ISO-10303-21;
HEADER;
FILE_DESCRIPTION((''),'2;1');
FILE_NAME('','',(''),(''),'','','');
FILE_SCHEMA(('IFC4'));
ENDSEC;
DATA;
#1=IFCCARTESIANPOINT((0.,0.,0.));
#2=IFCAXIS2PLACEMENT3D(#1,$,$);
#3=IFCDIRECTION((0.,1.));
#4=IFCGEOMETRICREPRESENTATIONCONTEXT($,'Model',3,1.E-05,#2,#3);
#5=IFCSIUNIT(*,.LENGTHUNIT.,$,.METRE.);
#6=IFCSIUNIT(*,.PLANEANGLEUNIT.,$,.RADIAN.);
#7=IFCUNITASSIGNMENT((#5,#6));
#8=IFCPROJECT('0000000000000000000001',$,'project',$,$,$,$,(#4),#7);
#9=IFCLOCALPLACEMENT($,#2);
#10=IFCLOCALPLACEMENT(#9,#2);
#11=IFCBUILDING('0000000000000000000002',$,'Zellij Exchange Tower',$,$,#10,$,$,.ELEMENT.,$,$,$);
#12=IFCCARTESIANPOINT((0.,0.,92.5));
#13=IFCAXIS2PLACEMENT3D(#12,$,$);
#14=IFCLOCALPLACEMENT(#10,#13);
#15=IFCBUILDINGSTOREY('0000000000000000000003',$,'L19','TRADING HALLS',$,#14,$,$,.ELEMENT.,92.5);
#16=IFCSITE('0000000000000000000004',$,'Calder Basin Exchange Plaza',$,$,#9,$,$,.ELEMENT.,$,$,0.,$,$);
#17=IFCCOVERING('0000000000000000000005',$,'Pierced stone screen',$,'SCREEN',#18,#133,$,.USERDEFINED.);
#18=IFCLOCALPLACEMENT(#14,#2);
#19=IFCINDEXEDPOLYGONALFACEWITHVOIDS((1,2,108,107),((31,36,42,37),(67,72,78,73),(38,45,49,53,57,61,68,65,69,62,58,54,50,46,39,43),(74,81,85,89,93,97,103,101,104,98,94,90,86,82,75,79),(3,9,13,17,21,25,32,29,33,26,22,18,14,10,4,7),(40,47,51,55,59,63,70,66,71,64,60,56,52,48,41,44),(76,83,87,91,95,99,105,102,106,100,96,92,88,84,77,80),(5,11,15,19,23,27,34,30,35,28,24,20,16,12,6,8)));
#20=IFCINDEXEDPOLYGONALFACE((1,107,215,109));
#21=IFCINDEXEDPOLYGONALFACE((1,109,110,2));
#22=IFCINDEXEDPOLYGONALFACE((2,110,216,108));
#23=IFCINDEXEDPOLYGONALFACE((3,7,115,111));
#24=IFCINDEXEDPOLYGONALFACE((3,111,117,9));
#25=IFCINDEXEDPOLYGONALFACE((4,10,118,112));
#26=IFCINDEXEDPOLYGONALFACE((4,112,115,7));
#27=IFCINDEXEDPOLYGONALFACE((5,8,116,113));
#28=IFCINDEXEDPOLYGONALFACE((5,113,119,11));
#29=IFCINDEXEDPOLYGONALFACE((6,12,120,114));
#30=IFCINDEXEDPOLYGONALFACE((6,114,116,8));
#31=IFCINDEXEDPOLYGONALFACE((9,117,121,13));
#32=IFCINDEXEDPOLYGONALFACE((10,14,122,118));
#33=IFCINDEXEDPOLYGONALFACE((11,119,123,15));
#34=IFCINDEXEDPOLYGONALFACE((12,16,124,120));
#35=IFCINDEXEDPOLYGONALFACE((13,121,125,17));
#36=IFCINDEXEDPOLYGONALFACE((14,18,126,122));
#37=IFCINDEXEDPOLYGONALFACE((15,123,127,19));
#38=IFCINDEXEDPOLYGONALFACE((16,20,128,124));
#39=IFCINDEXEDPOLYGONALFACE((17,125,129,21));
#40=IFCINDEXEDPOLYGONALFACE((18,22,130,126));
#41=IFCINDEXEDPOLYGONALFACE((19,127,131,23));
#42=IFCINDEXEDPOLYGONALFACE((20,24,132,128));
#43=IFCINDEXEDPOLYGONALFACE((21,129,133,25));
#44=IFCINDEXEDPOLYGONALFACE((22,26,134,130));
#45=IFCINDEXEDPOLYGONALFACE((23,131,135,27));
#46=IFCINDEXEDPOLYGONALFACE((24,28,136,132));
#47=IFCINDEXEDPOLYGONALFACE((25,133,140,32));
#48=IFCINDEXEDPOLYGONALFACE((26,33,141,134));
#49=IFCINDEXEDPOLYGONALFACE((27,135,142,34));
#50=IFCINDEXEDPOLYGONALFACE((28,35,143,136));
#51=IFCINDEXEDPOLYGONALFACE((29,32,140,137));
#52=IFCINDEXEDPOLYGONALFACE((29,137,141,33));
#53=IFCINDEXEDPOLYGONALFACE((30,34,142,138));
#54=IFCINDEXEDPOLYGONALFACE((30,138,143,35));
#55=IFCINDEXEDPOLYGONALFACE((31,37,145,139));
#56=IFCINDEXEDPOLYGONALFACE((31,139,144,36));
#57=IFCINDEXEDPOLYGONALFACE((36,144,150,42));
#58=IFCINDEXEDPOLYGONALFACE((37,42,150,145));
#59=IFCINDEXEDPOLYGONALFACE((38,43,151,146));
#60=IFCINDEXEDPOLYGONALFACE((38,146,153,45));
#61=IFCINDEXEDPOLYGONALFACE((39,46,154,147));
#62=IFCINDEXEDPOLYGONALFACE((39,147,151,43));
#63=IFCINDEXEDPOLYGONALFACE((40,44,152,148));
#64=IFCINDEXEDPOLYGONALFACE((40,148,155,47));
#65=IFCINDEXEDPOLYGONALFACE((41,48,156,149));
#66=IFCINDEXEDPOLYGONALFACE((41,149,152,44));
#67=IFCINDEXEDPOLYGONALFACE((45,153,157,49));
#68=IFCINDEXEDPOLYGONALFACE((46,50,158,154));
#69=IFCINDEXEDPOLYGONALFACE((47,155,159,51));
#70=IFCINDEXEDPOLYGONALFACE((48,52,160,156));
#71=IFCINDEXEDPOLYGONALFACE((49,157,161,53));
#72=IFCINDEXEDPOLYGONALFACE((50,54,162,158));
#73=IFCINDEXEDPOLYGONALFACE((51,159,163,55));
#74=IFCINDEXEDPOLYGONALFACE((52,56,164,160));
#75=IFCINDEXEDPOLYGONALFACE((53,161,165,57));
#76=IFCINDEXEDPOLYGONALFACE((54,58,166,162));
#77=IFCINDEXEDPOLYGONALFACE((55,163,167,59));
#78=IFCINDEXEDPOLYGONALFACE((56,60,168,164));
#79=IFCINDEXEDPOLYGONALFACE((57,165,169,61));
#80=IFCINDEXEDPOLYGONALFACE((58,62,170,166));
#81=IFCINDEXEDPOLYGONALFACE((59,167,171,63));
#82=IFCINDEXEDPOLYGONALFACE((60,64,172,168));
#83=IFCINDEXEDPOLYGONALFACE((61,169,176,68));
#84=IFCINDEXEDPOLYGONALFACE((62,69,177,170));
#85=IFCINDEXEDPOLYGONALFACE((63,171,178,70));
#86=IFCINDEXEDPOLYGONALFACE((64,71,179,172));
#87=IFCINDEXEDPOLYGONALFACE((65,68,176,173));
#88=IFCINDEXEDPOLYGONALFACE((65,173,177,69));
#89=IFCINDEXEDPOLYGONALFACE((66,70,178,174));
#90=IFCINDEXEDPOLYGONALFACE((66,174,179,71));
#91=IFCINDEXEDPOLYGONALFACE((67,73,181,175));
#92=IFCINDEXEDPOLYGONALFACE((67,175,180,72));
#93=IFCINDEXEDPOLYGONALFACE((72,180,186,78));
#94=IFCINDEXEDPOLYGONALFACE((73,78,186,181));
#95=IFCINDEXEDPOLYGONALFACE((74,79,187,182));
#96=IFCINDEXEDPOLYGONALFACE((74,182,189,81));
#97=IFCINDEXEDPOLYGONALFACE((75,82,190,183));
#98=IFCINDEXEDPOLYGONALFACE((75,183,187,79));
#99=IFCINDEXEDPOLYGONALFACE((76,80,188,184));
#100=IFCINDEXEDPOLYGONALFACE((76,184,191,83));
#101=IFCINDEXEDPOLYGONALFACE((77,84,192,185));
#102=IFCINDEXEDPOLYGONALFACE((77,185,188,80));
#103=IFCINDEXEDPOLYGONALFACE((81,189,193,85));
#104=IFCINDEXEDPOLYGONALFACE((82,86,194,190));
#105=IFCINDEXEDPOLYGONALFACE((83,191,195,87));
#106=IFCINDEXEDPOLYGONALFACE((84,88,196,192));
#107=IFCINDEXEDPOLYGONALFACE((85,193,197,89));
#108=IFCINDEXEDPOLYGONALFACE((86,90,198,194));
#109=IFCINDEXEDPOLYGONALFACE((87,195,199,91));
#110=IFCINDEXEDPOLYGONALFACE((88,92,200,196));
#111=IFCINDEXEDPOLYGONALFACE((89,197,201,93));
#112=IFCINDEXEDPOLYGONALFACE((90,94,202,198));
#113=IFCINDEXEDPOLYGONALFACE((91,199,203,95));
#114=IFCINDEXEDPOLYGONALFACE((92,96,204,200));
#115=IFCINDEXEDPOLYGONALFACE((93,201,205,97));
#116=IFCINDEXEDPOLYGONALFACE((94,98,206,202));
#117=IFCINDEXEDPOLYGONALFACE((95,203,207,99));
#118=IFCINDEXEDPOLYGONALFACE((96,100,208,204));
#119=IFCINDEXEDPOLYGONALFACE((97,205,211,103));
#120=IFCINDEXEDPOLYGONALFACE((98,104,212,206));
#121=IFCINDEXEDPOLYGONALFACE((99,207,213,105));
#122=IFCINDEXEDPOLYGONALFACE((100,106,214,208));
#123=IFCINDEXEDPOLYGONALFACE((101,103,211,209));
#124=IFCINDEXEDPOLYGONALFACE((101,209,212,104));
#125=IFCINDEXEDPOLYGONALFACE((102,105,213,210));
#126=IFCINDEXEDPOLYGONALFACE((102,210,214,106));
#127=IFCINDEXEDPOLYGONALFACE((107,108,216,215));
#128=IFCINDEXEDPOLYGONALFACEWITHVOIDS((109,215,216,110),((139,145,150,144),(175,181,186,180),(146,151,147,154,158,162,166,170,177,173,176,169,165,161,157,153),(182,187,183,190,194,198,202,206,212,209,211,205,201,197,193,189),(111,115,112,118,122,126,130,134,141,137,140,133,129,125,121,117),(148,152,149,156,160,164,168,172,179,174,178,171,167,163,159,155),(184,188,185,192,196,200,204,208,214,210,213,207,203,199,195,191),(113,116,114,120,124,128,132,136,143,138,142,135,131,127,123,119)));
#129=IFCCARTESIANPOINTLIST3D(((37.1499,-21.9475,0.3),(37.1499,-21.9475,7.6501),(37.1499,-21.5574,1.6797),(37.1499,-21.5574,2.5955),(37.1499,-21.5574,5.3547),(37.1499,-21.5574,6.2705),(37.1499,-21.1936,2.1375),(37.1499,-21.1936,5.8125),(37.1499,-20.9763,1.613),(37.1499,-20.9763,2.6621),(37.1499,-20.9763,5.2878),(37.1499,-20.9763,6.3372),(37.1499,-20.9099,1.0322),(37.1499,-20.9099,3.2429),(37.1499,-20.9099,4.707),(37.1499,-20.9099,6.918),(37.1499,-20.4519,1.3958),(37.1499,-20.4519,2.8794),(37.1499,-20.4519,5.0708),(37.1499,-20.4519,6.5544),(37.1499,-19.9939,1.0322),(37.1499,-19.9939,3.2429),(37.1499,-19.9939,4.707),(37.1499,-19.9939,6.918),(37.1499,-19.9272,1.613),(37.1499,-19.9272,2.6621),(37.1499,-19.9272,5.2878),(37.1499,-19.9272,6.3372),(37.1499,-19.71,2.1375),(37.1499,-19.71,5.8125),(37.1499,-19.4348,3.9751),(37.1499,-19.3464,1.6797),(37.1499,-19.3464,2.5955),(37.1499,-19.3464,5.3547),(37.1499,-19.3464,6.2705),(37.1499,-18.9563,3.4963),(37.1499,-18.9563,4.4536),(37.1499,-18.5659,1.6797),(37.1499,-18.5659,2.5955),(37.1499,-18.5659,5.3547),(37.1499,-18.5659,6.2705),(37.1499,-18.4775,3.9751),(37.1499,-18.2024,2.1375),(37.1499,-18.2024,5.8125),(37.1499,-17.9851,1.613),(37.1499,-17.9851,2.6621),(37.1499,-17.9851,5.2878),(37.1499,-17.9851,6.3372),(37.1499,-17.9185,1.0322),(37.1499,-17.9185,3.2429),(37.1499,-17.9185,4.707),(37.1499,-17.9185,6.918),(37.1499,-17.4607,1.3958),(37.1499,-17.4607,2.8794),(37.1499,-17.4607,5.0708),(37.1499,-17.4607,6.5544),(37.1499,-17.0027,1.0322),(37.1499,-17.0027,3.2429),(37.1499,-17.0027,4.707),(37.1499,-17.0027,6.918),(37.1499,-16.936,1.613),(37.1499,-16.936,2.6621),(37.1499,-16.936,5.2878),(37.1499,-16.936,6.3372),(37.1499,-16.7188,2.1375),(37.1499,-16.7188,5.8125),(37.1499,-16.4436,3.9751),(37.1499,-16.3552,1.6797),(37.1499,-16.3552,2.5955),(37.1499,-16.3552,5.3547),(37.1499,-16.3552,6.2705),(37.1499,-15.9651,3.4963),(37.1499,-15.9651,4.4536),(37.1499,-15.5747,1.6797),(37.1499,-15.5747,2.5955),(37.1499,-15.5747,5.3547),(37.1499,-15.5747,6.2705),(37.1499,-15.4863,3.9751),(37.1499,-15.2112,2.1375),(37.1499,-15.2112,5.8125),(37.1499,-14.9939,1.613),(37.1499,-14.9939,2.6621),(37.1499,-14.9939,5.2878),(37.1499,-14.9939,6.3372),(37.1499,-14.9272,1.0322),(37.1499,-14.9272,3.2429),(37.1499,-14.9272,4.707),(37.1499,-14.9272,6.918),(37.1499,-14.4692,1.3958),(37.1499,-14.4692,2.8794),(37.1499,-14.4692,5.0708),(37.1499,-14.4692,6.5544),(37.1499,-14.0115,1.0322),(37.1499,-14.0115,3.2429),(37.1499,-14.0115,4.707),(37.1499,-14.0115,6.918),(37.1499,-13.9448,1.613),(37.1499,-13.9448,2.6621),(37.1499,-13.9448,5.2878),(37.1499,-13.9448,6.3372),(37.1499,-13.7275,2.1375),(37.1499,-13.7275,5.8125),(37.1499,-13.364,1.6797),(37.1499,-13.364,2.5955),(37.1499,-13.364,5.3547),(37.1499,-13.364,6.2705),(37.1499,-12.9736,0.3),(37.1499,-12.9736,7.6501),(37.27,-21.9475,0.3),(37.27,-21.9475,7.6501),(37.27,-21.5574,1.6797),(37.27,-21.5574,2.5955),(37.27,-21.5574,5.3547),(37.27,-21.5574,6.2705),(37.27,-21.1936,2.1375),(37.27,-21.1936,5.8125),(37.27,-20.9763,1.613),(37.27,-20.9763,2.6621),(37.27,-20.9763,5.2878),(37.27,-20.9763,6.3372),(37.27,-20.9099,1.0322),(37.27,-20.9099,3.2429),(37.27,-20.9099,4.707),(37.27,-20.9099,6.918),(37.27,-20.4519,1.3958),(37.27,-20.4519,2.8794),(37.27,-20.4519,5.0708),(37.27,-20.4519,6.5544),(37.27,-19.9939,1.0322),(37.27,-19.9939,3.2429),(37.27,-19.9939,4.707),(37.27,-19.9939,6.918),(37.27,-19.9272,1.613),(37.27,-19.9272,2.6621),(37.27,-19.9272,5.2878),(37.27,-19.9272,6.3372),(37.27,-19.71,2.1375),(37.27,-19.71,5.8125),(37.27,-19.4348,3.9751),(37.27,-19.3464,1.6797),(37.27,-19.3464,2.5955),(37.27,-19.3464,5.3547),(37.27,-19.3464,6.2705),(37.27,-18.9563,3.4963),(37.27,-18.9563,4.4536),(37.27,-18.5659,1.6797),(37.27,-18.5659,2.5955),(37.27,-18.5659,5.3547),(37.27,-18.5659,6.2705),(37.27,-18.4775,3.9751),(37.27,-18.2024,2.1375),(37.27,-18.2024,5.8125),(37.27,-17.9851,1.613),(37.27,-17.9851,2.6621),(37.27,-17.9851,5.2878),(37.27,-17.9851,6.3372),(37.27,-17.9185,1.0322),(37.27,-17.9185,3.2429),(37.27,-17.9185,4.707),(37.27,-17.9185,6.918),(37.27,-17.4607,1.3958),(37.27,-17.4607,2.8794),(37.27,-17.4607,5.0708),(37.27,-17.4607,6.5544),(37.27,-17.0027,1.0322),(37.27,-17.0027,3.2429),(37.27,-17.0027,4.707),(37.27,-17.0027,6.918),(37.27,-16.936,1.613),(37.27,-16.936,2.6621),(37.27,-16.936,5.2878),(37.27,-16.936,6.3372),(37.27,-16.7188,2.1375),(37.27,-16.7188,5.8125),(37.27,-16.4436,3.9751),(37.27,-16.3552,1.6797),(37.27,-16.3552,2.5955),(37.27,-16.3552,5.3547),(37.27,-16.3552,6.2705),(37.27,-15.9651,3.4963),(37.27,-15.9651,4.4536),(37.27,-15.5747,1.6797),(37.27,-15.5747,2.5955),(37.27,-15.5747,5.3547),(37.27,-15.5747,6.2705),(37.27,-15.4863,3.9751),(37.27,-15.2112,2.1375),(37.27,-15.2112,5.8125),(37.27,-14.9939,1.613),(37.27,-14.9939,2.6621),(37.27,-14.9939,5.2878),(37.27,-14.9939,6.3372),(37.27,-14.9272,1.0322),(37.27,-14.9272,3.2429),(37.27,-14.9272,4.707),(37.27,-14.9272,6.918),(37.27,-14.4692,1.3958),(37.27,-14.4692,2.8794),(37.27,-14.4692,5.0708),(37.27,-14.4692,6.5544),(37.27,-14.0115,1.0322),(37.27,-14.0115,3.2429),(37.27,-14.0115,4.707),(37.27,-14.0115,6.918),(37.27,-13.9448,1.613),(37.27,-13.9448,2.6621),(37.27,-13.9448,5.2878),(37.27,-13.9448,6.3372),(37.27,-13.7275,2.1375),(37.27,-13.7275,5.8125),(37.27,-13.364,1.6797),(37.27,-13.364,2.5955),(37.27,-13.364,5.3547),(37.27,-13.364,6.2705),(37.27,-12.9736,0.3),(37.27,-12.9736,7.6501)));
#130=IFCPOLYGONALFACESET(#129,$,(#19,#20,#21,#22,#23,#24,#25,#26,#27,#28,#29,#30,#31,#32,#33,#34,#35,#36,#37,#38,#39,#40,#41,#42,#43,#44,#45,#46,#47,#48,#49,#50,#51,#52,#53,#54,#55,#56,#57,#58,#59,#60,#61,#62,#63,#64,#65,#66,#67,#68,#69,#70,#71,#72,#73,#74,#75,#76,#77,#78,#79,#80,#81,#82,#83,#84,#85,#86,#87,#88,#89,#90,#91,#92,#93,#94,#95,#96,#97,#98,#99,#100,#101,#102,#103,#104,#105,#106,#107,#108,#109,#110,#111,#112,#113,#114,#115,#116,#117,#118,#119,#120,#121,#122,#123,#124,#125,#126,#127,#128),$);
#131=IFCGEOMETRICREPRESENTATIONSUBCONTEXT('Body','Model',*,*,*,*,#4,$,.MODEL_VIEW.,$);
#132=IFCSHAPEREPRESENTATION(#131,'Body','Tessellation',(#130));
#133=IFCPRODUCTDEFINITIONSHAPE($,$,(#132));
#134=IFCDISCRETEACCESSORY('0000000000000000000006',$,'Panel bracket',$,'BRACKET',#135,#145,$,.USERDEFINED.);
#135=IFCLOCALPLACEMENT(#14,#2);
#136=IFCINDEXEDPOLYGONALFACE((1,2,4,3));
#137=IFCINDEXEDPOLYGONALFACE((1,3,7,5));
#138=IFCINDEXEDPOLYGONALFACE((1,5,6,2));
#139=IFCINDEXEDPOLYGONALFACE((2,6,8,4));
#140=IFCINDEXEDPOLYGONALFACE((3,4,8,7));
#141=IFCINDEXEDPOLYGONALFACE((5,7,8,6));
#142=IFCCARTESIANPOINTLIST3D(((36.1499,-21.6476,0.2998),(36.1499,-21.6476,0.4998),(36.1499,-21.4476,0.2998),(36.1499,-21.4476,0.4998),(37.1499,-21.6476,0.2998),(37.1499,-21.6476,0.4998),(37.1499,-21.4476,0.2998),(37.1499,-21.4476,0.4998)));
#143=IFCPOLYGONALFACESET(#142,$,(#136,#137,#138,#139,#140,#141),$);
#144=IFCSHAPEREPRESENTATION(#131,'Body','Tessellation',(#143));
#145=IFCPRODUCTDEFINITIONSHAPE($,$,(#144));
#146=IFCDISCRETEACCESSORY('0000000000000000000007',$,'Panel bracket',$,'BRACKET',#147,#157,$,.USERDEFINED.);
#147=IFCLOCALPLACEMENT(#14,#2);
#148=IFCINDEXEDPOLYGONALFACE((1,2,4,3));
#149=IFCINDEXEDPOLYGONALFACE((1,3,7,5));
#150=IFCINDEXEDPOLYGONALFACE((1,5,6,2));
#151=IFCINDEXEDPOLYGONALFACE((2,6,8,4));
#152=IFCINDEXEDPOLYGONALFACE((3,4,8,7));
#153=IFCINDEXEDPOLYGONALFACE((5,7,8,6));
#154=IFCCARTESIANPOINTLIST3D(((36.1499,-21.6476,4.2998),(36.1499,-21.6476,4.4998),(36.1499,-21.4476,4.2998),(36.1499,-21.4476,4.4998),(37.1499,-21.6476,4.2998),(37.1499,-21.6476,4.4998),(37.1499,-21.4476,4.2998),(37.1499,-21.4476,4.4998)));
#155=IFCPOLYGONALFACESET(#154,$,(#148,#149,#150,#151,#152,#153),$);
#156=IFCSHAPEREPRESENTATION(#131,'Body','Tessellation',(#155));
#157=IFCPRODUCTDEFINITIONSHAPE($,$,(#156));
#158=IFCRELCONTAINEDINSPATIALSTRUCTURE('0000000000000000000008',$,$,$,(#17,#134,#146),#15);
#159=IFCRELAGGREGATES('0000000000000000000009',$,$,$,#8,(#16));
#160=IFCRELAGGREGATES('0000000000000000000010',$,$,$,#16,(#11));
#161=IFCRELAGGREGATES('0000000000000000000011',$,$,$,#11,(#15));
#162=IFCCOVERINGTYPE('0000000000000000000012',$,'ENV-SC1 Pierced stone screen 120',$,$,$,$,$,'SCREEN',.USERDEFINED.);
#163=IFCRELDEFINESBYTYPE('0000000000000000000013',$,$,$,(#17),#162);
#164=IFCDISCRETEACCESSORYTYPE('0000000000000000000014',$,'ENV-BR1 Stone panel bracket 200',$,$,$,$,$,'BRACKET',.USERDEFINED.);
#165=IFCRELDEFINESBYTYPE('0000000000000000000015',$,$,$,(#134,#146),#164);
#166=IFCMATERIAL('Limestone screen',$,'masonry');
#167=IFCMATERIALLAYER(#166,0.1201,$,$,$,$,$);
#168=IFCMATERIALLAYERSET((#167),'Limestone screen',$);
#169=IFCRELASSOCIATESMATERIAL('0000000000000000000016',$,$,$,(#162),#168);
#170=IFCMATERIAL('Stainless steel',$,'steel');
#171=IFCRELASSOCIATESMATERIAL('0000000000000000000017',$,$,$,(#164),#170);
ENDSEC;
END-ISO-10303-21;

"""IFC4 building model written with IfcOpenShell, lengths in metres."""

from ifc_helpers import new_model, si_unit, direction, frame, origin, origin_2d, place, context, subcontext, project, spatial, polyline, rectangle, outline, extrude, material, layer, layer_set, type_object, element, save


model = new_model("IFC4")

# Units and contexts
model_context = context("Model", 3, precision=1e-05, world=origin(), true_north=direction((0.0, 1.0)))
body_context = subcontext(model_context, "Body", "Model", "MODEL_VIEW")
ifc_project = project(units=[si_unit("LENGTHUNIT", "METRE"), si_unit("PLANEANGLEUNIT", "RADIAN")], contexts=[model_context])

# Site, building, storey
site_placement = place(None, origin())
site = spatial("IfcSite", under=ifc_project, at=site_placement, Name="Calder Basin Exchange Plaza", CompositionType="ELEMENT", RefElevation=0.0)
building_placement = place(site_placement, origin())
building = spatial("IfcBuilding", under=site, at=building_placement, Name="Zellij Exchange Tower", CompositionType="ELEMENT")
storey_placement = place(building_placement, frame((0.0, 0.0, 92.5)))
storey = spatial("IfcBuildingStorey", under=building, at=storey_placement, Name="L19", Description="TRADING HALLS", CompositionType="ELEMENT", Elevation=92.5)

# Covering
ifc_material_1 = material(Name="Limestone screen", Category="masonry")
ifc_layer_1 = layer(ifc_material_1, 0.1201)
ifc_layer_set_1 = layer_set([ifc_layer_1], Name="Limestone screen")
covering_type = type_object("IfcCoveringType", Name="ENV-SC1 Pierced stone screen 120", ElementType="SCREEN", PredefinedType="USERDEFINED", material=ifc_layer_set_1)
covering_placement = place(storey_placement, frame((37.21, -21.9475, 0.3), z_axis=(0.0, 0.0, 1.0), x_axis=(0.0, 1.0, 0.0)))
element("IfcCovering", 1, at=covering_placement, inside=storey, type_object=covering_type, Name="Pierced stone screen", ObjectType="SCREEN", PredefinedType="USERDEFINED", context=body_context, shape_type="SweptSolid", body=[
    extrude(outline(polyline([(0.0, 0.0), (8.9739, 0.0), (8.9739, 7.3501), (0.0, 7.3501), (0.0, 0.0)]), holes=[polyline([(2.6011, 2.2954), (2.0203, 2.3621), (1.9536, 2.9429), (1.4956, 2.5793), (1.0376, 2.9429), (0.9712, 2.3621), (0.3901, 2.2954), (0.7539, 1.8374), (0.3901, 1.3796), (0.9712, 1.313), (1.0376, 0.7322), (1.4956, 1.0957), (1.9536, 0.7322), (2.0203, 1.313), (2.6011, 1.3796), (2.2375, 1.8374), (2.6011, 2.2954)]), polyline([(2.6011, 5.9705), (2.0203, 6.0371), (1.9536, 6.6179), (1.4956, 6.2544), (1.0376, 6.6179), (0.9712, 6.0371), (0.3901, 5.9705), (0.7539, 5.5125), (0.3901, 5.0547), (0.9712, 4.9878), (1.0376, 4.407), (1.4956, 4.7708), (1.9536, 4.407), (2.0203, 4.9878), (2.6011, 5.0547), (2.2375, 5.5125), (2.6011, 5.9705)]), polyline([(5.5923, 2.2954), (5.0115, 2.3621), (4.9448, 2.9429), (4.4868, 2.5793), (4.0291, 2.9429), (3.9624, 2.3621), (3.3816, 2.2954), (3.7451, 1.8374), (3.3816, 1.3796), (3.9624, 1.313), (4.0291, 0.7322), (4.4868, 1.0957), (4.9448, 0.7322), (5.0115, 1.313), (5.5923, 1.3796), (5.2288, 1.8374), (5.5923, 2.2954)]), polyline([(5.5923, 5.9705), (5.0115, 6.0371), (4.9448, 6.6179), (4.4868, 6.2544), (4.0291, 6.6179), (3.9624, 6.0371), (3.3816, 5.9705), (3.7451, 5.5125), (3.3816, 5.0547), (3.9624, 4.9878), (4.0291, 4.407), (4.4868, 4.7708), (4.9448, 4.407), (5.0115, 4.9878), (5.5923, 5.0547), (5.2288, 5.5125), (5.5923, 5.9705)]), polyline([(8.5835, 2.2954), (8.0027, 2.3621), (7.936, 2.9429), (7.4783, 2.5793), (7.0203, 2.9429), (6.9536, 2.3621), (6.3728, 2.2954), (6.7363, 1.8374), (6.3728, 1.3796), (6.9536, 1.313), (7.0203, 0.7322), (7.4783, 1.0957), (7.936, 0.7322), (8.0027, 1.313), (8.5835, 1.3796), (8.22, 1.8374), (8.5835, 2.2954)]), polyline([(8.5835, 5.9705), (8.0027, 6.0371), (7.936, 6.6179), (7.4783, 6.2544), (7.0203, 6.6179), (6.9536, 6.0371), (6.3728, 5.9705), (6.7363, 5.5125), (6.3728, 5.0547), (6.9536, 4.9878), (7.0203, 4.407), (7.4783, 4.7708), (7.936, 4.407), (8.0027, 4.9878), (8.5835, 5.0547), (8.22, 5.5125), (8.5835, 5.9705)]), polyline([(3.47, 3.675), (2.9912, 4.1536), (2.5127, 3.675), (2.9912, 3.1963), (3.47, 3.675)]), polyline([(6.4612, 3.675), (5.9824, 4.1536), (5.5039, 3.675), (5.9824, 3.1963), (6.4612, 3.675)])]), frame((0.0, 0.0601, 0.0), z_axis=(0.0, -1.0, 0.0), x_axis=(1.0, 0.0, 0.0)), (0.0, 0.0, 1.0), 0.1201),
])

# Discrete accessories
ifc_material_2 = material(Name="Stainless steel", Category="steel")
discrete_accessory_type = type_object("IfcDiscreteAccessoryType", Name="ENV-BR1 Stone panel bracket 200", ElementType="BRACKET", PredefinedType="USERDEFINED", material=ifc_material_2)
for number, where, z_axis, x_axis, name in (
    (2, (36.6499, -21.5476, 0.2998), (0.0, 0.0, 1.0), (0.0, 1.0, 0.0), "Panel bracket"),
    (3, (36.6499, -21.5476, 4.2998), (0.0, 0.0, 1.0), (0.0, 1.0, 0.0), "Panel bracket"),
):
    element("IfcDiscreteAccessory", number, at=place(storey_placement, frame(where, z_axis=z_axis, x_axis=x_axis)), inside=storey, type_object=discrete_accessory_type, Name=name, ObjectType="BRACKET", PredefinedType="USERDEFINED", context=body_context, shape_type="SweptSolid", body=[
        extrude(rectangle(XDim=0.2, YDim=1.0, at=origin_2d()), origin(), (0.0, 0.0, 1.0), 0.2),
    ])

save(model, "model.ifc")
